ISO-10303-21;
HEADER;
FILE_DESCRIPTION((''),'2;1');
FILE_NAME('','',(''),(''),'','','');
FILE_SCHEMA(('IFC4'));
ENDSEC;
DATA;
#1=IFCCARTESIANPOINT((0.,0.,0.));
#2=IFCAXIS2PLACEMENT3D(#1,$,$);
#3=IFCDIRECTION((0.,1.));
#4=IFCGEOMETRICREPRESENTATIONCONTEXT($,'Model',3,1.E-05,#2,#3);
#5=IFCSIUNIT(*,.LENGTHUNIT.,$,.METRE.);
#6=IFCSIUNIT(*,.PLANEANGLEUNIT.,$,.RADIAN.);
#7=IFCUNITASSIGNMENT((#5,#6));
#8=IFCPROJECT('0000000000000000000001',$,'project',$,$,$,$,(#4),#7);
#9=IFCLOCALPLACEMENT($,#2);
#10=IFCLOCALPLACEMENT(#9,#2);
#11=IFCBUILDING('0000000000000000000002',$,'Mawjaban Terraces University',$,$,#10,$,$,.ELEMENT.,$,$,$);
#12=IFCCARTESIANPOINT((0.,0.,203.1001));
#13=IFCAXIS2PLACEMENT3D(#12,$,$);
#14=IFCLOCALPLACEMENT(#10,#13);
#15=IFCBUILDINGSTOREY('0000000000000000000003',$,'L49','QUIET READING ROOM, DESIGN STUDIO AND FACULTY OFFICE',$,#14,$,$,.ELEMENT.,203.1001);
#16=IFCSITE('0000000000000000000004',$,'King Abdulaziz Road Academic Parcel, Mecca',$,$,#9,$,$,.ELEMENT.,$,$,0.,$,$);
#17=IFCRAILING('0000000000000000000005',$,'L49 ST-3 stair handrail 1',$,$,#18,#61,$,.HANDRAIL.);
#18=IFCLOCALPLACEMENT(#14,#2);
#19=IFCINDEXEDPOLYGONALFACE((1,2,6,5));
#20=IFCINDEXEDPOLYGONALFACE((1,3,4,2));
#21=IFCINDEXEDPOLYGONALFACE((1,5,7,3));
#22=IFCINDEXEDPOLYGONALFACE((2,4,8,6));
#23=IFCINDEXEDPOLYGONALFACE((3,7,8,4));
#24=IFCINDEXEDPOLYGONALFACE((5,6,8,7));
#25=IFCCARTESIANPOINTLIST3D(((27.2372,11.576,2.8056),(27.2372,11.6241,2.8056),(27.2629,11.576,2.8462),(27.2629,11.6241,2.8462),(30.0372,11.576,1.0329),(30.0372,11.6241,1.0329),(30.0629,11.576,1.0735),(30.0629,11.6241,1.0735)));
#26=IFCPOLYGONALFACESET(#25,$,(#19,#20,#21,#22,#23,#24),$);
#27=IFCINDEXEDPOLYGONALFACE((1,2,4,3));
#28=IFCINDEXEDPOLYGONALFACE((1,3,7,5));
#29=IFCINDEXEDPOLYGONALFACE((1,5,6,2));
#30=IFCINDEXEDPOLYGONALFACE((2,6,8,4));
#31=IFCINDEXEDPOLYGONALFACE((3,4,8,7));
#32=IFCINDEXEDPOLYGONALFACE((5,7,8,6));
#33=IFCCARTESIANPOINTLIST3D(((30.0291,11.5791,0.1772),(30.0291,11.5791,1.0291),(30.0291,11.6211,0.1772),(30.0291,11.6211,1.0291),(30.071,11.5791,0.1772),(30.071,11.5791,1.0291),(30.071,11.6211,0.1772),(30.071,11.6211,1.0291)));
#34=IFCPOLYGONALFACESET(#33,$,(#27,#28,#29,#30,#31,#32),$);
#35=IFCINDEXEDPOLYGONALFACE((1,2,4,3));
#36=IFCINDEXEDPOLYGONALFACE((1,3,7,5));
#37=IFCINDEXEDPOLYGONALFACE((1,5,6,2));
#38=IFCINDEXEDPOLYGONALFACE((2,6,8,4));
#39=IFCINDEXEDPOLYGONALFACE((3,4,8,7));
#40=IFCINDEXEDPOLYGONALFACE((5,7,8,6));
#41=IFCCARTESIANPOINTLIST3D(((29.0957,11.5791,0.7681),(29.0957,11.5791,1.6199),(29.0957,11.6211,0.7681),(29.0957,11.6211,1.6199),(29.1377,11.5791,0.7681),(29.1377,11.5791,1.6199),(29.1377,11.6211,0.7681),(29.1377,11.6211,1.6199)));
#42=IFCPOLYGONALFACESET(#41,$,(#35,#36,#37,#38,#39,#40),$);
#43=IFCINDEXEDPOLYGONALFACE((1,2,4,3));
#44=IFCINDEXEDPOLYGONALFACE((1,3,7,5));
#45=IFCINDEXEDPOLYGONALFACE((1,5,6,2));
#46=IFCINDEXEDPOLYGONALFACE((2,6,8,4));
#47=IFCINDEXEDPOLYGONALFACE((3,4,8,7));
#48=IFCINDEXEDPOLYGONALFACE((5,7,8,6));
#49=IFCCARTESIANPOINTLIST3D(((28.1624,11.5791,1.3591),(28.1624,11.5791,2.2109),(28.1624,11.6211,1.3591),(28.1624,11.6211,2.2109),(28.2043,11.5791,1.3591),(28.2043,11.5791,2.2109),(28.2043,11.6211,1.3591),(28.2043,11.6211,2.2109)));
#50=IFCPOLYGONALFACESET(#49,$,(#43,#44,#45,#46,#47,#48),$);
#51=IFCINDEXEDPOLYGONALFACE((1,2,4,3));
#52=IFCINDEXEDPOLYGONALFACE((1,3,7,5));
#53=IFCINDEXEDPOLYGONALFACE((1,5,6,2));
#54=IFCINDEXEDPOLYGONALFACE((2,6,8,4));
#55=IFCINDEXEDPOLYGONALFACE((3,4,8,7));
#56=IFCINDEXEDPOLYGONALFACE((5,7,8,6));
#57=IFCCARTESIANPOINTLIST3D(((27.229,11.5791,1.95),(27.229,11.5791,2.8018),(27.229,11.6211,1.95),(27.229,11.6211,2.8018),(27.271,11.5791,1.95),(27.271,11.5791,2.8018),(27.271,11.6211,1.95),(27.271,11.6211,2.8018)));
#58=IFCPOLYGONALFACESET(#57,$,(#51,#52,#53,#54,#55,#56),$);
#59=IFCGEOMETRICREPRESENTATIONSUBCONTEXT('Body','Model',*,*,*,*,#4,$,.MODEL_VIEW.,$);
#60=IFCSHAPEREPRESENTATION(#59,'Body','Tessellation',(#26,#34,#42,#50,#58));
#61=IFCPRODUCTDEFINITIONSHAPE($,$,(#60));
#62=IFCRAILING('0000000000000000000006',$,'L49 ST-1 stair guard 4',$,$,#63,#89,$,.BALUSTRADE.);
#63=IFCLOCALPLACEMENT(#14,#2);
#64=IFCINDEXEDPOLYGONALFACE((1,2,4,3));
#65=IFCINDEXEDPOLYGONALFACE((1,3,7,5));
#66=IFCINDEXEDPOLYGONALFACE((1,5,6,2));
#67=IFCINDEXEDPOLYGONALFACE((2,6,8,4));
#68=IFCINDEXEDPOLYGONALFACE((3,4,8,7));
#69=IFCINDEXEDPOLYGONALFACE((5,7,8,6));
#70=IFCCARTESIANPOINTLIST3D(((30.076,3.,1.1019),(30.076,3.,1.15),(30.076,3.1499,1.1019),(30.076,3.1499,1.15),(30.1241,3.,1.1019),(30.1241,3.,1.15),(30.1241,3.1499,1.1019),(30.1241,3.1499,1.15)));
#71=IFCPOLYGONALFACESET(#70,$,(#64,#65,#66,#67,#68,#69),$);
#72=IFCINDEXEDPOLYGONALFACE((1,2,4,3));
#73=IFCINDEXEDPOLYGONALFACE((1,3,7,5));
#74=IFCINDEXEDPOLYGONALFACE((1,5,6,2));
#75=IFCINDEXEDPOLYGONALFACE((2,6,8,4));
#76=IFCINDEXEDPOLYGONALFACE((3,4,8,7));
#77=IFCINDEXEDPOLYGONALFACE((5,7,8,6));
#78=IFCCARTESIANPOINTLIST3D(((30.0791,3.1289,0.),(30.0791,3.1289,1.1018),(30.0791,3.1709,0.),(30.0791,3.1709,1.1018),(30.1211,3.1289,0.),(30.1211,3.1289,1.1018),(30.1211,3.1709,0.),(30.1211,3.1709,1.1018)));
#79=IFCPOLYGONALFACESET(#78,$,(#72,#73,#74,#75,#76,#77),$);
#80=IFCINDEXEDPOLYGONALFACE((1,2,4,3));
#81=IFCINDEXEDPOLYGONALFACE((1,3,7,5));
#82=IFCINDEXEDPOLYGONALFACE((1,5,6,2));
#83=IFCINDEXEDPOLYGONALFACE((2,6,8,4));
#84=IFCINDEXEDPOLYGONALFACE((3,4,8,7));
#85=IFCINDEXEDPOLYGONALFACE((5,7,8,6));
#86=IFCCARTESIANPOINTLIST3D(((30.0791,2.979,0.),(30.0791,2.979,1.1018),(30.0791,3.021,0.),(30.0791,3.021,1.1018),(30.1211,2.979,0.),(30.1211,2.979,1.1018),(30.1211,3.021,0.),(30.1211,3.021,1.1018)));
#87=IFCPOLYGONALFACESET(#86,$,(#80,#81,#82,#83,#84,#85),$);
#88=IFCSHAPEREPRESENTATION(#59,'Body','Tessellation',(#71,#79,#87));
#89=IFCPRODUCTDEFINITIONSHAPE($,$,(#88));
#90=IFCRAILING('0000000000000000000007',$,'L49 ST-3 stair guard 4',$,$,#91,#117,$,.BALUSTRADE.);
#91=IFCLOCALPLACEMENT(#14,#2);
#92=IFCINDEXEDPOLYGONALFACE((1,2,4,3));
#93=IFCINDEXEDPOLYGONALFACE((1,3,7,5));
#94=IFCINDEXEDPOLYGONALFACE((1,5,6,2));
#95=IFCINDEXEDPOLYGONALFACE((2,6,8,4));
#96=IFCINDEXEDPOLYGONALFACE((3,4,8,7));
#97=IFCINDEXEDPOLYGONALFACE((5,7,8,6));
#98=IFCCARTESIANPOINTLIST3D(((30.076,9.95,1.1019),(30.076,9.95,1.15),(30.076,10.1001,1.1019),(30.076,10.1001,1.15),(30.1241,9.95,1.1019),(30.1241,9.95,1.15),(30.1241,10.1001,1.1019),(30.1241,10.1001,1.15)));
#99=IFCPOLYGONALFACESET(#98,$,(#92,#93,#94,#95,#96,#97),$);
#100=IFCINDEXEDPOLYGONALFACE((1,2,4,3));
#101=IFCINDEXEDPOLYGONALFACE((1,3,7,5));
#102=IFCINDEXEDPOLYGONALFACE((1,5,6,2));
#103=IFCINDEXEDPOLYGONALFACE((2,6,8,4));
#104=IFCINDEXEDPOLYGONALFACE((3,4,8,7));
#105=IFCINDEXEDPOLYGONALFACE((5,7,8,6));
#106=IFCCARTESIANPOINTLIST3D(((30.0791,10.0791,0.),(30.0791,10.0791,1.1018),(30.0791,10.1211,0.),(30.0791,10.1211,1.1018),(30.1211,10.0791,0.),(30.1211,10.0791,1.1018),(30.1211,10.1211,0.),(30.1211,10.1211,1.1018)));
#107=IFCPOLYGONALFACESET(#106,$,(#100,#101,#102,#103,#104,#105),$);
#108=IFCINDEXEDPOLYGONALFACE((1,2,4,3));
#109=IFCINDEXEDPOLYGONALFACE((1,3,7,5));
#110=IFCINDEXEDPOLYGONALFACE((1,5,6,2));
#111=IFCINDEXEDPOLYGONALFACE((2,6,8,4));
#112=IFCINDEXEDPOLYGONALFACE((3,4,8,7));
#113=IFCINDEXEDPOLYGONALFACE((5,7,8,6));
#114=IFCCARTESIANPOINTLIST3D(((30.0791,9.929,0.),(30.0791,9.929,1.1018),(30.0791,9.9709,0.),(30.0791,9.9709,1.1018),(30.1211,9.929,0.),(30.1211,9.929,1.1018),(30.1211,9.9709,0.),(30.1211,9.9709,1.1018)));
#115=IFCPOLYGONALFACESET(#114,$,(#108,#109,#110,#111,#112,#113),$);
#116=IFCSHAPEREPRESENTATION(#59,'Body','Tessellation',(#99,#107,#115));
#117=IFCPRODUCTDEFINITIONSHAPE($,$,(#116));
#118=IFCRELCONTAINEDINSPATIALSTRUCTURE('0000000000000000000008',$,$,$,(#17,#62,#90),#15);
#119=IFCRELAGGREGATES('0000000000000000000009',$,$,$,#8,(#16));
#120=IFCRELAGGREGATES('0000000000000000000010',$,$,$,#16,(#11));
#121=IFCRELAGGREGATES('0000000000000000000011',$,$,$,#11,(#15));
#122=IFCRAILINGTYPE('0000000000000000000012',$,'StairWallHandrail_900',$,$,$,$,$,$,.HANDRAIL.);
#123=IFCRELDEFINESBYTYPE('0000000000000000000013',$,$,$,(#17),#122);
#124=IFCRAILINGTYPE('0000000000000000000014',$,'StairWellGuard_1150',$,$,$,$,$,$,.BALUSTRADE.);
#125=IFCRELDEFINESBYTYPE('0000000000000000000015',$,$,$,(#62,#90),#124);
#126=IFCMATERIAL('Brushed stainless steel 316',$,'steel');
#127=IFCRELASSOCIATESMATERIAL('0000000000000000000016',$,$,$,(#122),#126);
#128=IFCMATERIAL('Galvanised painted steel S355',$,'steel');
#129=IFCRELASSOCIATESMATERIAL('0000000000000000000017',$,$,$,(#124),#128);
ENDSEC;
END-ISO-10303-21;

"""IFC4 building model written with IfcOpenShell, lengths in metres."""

from ifc_helpers import new_model, si_unit, direction, frame, origin, origin_2d, place, context, subcontext, project, spatial, rectangle, extrude, material, type_object, element, save


model = new_model("IFC4")

# Units and contexts
model_context = context("Model", 3, precision=1e-05, world=origin(), true_north=direction((0.0, 1.0)))
body_context = subcontext(model_context, "Body", "Model", "MODEL_VIEW")
ifc_project = project(units=[si_unit("LENGTHUNIT", "METRE"), si_unit("PLANEANGLEUNIT", "RADIAN")], contexts=[model_context])

# Site, building, storey
site_placement = place(None, origin())
site = spatial("IfcSite", under=ifc_project, at=site_placement, Name="King Abdulaziz Road Academic Parcel, Mecca", CompositionType="ELEMENT", RefElevation=0.0)
building_placement = place(site_placement, origin())
building = spatial("IfcBuilding", under=site, at=building_placement, Name="Mawjaban Terraces University", CompositionType="ELEMENT")
storey_placement = place(building_placement, frame((0.0, 0.0, 203.1001)))
storey = spatial("IfcBuildingStorey", under=building, at=storey_placement, Name="L49", Description="QUIET READING ROOM, DESIGN STUDIO AND FACULTY OFFICE", CompositionType="ELEMENT", Elevation=203.1001)

# Railings
ifc_material_1 = material(Name="Brushed stainless steel 316", Category="steel")
railing_type_1 = type_object("IfcRailingType", Name="StairWallHandrail_900", PredefinedType="HANDRAIL", material=ifc_material_1)
railing_1_placement = place(storey_placement, frame((30.05, 11.6001, 0.1772)))
element("IfcRailing", 1, at=railing_1_placement, inside=storey, type_object=railing_type_1, Name="L49 ST-3 stair handrail 1", PredefinedType="HANDRAIL", context=body_context, shape_type="SweptSolid", body=[
    extrude(rectangle(XDim=0.0481, YDim=0.0481, at=origin_2d()), frame((0.0, 0.0, 0.876), z_axis=(-0.844909, 0.0, 0.53491), x_axis=(0.0, -1.0, 0.0)), (0.0, 0.0, 1.0), 3.314),
    extrude(rectangle(XDim=0.042, YDim=0.042, at=origin_2d()), origin(), (0.0, 0.0, 1.0), 0.8518),
    extrude(rectangle(XDim=0.042, YDim=0.042, at=origin_2d()), frame((-0.9333, 0.0, 0.5908)), (0.0, 0.0, 1.0), 0.8518),
    extrude(rectangle(XDim=0.042, YDim=0.042, at=origin_2d()), frame((-1.8667, 0.0, 1.1819)), (0.0, 0.0, 1.0), 0.8518),
    extrude(rectangle(XDim=0.042, YDim=0.042, at=origin_2d()), frame((-2.8, 0.0, 1.7727)), (0.0, 0.0, 1.0), 0.8518),
])
ifc_material_2 = material(Name="Galvanised painted steel S355", Category="steel")
railing_type_2 = type_object("IfcRailingType", Name="StairWellGuard_1150", PredefinedType="BALUSTRADE", material=ifc_material_2)
railing_2_placement = place(storey_placement, frame((30.1001, 3.1499, 0.0)))
element("IfcRailing", 2, at=railing_2_placement, inside=storey, type_object=railing_type_2, Name="L49 ST-1 stair guard 4", PredefinedType="BALUSTRADE", context=body_context, shape_type="SweptSolid", body=[
    extrude(rectangle(XDim=0.0481, YDim=0.0481, at=origin_2d()), frame((0.0, 0.0, 1.126), z_axis=(0.0, -1.0, 0.0), x_axis=(1.0, 0.0, 0.0)), (0.0, 0.0, 1.0), 0.1499),
    extrude(rectangle(XDim=0.042, YDim=0.042, at=origin_2d()), origin(), (0.0, 0.0, 1.0), 1.1018),
    extrude(rectangle(XDim=0.042, YDim=0.042, at=origin_2d()), frame((0.0, -0.1499, 0.0)), (0.0, 0.0, 1.0), 1.1018),
])
railing_3_placement = place(storey_placement, frame((30.1001, 10.1001, 0.0)))
element("IfcRailing", 3, at=railing_3_placement, inside=storey, type_object=railing_type_2, Name="L49 ST-3 stair guard 4", PredefinedType="BALUSTRADE", context=body_context, shape_type="SweptSolid", body=[
    extrude(rectangle(XDim=0.0481, YDim=0.0481, at=origin_2d()), frame((0.0, 0.0, 1.126), z_axis=(0.0, -1.0, 0.0), x_axis=(1.0, 0.0, 0.0)), (0.0, 0.0, 1.0), 0.1501),
    extrude(rectangle(XDim=0.042, YDim=0.042, at=origin_2d()), origin(), (0.0, 0.0, 1.0), 1.1018),
    extrude(rectangle(XDim=0.042, YDim=0.042, at=origin_2d()), frame((0.0, -0.1501, 0.0)), (0.0, 0.0, 1.0), 1.1018),
])

save(model, "model.ifc")
